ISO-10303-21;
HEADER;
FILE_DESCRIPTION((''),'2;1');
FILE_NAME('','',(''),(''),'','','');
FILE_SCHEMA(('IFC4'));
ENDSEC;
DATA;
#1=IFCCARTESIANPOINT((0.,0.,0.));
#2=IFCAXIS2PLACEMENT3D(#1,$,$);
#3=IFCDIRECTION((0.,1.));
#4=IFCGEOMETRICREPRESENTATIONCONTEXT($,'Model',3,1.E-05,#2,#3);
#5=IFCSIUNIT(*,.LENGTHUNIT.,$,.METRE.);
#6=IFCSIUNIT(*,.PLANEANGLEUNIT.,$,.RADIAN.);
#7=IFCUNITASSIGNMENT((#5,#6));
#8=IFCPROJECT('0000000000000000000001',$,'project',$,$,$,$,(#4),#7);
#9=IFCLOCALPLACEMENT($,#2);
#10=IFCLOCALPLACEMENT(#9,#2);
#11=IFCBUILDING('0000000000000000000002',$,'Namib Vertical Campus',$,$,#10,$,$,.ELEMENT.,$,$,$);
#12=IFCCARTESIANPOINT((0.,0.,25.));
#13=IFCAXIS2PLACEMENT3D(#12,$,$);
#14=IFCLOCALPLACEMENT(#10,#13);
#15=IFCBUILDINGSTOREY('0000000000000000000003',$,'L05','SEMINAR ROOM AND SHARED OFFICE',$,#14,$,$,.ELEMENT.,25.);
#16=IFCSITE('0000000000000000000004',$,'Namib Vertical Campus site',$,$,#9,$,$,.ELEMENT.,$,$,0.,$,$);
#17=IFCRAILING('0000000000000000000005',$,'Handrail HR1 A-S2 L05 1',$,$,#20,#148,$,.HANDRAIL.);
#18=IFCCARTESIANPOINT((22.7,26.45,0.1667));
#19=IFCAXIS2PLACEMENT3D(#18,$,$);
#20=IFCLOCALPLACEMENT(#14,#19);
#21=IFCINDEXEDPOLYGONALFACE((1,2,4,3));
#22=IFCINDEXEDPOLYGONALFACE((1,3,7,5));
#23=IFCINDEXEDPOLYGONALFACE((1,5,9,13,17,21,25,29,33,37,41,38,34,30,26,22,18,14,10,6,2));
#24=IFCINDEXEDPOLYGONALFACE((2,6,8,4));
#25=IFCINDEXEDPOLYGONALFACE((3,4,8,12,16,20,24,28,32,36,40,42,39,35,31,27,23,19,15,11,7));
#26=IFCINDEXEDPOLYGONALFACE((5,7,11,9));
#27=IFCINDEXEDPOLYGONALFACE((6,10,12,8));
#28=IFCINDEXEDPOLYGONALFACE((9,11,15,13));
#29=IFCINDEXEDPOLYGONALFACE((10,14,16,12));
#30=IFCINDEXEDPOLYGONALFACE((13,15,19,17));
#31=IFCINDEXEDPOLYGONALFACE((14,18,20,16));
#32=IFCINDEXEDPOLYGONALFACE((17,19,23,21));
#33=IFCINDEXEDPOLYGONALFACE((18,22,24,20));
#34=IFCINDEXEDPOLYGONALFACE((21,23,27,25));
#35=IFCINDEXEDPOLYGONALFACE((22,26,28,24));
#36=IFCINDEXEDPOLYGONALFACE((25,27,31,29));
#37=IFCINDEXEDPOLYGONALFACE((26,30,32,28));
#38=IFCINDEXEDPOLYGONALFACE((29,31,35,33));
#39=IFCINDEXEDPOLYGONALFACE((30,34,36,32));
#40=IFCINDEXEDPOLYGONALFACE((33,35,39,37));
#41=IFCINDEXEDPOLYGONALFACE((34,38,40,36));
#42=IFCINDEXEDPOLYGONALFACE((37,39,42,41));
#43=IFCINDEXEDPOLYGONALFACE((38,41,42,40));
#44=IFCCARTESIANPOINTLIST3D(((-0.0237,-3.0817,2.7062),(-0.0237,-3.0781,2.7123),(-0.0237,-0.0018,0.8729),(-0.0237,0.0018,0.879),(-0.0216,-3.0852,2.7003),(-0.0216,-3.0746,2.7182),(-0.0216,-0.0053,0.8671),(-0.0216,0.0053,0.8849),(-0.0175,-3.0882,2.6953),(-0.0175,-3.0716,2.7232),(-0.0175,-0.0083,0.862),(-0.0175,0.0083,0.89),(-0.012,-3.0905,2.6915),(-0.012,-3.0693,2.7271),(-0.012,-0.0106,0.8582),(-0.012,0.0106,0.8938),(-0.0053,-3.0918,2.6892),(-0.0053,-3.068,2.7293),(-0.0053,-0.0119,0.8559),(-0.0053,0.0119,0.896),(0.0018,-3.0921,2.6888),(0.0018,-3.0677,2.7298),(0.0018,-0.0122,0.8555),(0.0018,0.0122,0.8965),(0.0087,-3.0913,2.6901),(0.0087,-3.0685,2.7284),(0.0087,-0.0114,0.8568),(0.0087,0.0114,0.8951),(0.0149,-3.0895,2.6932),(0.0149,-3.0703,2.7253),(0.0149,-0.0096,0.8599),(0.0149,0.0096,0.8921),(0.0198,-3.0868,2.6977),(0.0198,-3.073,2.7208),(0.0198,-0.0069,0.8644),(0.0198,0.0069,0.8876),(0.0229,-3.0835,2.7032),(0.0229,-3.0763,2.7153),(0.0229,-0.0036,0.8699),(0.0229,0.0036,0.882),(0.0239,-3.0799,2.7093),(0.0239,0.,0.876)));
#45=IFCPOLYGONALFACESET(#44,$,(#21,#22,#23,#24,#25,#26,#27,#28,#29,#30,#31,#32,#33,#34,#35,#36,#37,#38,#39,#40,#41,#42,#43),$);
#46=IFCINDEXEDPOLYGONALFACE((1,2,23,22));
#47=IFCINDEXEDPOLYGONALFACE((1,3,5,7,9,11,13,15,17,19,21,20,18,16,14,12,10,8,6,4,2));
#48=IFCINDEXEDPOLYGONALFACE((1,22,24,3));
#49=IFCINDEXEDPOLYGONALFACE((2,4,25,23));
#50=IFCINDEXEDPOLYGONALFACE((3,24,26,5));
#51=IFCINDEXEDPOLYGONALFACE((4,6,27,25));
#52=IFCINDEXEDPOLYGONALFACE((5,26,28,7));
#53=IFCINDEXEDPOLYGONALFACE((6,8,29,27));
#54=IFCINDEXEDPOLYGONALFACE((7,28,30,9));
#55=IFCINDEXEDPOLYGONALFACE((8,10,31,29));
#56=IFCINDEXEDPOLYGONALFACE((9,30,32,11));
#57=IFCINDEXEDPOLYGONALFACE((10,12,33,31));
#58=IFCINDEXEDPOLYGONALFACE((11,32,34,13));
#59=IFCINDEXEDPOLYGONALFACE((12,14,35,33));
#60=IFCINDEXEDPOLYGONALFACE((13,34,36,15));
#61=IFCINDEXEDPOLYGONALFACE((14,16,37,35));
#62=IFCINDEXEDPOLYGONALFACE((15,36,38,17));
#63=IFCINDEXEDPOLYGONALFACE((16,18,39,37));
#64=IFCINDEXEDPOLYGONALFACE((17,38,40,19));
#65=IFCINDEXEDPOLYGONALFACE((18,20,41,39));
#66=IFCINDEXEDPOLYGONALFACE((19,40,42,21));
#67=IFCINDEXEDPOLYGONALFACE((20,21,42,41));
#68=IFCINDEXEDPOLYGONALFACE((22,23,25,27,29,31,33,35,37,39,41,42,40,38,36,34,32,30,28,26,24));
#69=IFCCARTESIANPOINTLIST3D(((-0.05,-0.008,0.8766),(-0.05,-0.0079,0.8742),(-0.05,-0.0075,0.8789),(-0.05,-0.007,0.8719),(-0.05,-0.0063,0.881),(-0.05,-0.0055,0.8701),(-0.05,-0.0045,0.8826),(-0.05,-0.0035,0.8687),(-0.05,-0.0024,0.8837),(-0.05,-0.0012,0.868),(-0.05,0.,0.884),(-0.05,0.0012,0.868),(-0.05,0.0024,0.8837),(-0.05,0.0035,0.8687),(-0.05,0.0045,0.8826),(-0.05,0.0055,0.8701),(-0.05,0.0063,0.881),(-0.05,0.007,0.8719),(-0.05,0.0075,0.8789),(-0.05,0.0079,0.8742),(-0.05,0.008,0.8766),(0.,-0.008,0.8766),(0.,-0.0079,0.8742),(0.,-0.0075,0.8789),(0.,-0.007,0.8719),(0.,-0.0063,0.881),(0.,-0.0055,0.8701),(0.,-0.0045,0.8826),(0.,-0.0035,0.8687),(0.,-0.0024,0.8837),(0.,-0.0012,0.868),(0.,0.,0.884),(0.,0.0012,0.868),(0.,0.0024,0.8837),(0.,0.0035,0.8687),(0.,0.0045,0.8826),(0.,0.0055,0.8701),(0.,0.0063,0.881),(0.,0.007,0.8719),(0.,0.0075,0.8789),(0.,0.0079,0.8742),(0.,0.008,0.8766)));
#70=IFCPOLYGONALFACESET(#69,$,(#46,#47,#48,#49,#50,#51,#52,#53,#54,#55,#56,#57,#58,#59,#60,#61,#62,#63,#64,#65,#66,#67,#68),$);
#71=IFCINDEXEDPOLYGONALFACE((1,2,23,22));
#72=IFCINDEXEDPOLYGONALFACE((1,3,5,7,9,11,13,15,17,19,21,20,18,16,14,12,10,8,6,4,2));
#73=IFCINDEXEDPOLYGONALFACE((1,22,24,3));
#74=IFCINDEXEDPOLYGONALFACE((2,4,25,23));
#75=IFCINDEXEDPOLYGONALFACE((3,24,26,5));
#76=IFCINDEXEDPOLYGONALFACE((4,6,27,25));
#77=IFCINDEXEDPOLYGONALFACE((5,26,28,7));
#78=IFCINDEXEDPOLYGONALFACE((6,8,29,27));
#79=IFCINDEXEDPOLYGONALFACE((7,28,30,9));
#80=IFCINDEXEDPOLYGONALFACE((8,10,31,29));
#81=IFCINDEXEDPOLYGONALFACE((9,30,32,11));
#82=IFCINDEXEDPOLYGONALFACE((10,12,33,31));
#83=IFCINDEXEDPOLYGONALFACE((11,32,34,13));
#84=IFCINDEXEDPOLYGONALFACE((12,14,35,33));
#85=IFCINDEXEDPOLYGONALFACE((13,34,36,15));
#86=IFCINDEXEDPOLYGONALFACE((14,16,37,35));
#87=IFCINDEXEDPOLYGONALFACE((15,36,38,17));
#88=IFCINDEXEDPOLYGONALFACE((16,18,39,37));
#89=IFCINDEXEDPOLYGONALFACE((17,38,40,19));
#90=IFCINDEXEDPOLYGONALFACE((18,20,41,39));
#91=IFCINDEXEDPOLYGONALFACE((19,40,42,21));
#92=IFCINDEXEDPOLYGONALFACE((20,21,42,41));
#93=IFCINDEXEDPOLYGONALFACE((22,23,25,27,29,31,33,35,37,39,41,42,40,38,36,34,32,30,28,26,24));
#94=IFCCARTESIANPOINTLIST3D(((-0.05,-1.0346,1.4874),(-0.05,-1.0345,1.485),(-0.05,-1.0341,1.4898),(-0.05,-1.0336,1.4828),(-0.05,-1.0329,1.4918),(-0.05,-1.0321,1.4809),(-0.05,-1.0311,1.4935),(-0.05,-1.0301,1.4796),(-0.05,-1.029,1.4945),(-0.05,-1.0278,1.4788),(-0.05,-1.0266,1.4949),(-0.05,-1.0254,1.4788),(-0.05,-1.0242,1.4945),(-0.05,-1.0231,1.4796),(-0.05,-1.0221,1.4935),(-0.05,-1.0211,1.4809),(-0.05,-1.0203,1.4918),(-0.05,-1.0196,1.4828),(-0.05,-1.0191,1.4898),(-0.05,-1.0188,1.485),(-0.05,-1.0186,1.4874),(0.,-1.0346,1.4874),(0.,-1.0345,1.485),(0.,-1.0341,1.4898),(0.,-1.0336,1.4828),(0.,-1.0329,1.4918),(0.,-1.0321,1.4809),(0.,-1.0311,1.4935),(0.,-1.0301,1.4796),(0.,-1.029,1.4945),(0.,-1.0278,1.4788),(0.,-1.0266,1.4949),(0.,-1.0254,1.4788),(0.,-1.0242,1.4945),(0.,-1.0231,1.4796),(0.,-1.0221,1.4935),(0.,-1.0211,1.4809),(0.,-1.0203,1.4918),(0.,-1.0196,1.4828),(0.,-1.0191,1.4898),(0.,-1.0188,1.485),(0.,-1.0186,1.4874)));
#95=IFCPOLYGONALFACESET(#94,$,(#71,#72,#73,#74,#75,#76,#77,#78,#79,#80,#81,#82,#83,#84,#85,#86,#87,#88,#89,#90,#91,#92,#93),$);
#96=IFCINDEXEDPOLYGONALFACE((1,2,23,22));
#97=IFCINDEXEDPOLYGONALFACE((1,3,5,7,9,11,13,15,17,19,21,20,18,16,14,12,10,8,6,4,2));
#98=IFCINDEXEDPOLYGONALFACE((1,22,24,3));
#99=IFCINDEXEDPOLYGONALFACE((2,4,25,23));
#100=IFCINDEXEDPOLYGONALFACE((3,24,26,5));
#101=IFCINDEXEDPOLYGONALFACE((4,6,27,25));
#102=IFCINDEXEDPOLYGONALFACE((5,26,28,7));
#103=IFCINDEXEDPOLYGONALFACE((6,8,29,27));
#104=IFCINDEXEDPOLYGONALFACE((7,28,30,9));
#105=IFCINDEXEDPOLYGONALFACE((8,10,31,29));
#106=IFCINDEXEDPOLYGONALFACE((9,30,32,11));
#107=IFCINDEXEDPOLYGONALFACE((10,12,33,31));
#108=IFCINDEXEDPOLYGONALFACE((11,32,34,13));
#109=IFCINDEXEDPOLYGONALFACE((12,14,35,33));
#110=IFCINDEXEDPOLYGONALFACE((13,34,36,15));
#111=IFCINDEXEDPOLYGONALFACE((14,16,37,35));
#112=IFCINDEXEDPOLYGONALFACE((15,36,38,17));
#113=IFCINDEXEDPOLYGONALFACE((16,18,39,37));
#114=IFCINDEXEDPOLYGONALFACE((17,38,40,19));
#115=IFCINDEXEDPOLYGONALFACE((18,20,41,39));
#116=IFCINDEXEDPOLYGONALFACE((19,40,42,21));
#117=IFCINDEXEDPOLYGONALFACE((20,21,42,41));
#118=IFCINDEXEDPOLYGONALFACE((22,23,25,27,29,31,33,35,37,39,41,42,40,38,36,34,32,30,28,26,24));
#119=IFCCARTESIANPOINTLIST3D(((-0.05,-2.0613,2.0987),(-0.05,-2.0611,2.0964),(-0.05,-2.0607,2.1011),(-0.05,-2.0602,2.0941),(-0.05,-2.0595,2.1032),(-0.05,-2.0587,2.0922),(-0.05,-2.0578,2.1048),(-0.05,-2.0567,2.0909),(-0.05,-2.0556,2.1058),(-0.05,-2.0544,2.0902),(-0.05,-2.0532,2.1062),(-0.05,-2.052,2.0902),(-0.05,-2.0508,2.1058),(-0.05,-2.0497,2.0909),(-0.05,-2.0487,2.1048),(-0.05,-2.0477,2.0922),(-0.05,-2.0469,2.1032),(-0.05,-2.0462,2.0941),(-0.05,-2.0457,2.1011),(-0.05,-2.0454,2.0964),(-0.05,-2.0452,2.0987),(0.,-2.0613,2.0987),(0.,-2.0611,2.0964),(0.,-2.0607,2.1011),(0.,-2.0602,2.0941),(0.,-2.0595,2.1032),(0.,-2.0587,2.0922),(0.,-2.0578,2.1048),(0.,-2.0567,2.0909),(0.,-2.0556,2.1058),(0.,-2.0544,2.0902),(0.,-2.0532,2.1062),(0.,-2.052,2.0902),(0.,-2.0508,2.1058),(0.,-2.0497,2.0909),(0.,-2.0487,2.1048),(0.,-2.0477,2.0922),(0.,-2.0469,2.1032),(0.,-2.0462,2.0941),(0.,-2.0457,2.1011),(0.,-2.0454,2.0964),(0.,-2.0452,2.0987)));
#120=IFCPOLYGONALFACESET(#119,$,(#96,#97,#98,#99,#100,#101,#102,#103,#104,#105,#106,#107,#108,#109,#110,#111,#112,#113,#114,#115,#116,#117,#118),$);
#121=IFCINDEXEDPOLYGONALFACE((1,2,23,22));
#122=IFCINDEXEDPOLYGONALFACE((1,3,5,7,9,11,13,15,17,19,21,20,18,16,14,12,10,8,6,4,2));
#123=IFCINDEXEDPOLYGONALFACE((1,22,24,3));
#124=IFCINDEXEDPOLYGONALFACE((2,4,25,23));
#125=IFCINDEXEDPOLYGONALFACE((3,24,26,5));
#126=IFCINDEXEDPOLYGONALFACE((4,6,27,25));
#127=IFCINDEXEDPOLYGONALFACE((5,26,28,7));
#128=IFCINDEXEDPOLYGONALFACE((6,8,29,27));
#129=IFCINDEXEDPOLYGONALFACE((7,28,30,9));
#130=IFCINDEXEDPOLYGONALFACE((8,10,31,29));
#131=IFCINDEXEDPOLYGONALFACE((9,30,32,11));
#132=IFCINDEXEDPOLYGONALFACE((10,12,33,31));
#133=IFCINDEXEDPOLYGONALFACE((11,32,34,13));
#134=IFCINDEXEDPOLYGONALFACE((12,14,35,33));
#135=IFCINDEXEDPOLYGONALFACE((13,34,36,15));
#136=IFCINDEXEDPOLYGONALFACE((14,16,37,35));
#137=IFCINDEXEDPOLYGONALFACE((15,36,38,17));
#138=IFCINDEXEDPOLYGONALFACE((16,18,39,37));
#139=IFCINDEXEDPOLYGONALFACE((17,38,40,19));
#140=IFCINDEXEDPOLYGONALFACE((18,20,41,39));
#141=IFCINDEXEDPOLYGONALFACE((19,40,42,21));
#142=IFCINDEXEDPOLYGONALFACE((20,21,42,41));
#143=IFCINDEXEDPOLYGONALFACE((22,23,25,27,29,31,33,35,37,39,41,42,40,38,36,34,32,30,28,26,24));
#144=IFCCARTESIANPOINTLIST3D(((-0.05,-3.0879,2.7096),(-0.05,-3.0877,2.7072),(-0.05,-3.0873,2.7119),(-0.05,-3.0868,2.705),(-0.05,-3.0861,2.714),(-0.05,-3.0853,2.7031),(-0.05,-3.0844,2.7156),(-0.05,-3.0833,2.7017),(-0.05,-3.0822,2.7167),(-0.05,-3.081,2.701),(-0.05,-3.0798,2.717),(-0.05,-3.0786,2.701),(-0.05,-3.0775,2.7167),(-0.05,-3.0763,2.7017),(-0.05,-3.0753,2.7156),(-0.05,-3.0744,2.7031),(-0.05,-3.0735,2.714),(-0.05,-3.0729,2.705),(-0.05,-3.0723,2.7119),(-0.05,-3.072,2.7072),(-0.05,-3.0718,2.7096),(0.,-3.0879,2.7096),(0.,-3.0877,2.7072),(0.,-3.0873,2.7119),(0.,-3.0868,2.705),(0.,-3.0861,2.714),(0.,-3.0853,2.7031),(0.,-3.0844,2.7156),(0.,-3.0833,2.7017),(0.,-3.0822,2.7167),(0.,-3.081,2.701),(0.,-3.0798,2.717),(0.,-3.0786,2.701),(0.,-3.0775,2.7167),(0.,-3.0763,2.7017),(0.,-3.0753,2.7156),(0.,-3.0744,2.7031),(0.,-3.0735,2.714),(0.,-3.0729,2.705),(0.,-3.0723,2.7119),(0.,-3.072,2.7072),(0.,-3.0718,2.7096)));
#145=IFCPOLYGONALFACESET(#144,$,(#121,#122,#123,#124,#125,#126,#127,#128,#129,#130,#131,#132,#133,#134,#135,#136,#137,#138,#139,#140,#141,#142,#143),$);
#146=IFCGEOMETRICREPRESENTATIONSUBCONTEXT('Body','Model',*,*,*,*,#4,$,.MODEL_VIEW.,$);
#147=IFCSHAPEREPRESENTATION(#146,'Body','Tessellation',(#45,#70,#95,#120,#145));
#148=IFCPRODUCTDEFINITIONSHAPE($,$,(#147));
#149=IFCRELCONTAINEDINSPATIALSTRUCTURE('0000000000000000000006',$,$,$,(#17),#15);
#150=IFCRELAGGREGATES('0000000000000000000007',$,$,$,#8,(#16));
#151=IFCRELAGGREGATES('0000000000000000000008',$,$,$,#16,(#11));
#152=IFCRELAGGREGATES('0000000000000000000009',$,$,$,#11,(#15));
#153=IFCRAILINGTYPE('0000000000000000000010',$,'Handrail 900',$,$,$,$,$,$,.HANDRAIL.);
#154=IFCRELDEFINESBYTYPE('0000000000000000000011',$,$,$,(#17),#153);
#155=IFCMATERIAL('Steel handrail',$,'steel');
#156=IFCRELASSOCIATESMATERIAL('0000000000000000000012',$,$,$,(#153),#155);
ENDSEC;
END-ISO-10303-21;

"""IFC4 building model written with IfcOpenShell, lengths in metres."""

from ifc_helpers import new_model, si_unit, direction, frame, origin, origin_2d, place, context, subcontext, project, spatial, circle, extrude, material, type_object, element, save


model = new_model("IFC4")

# Units and contexts
model_context = context("Model", 3, precision=1e-05, world=origin(), true_north=direction((0.0, 1.0)))
body_context = subcontext(model_context, "Body", "Model", "MODEL_VIEW")
ifc_project = project(units=[si_unit("LENGTHUNIT", "METRE"), si_unit("PLANEANGLEUNIT", "RADIAN")], contexts=[model_context])

# Site, building, storey
site_placement = place(None, origin())
site = spatial("IfcSite", under=ifc_project, at=site_placement, Name="Namib Vertical Campus site", CompositionType="ELEMENT", RefElevation=0.0)
building_placement = place(site_placement, origin())
building = spatial("IfcBuilding", under=site, at=building_placement, Name="Namib Vertical Campus", CompositionType="ELEMENT")
storey_placement = place(building_placement, frame((0.0, 0.0, 25.0)))
storey = spatial("IfcBuildingStorey", under=building, at=storey_placement, Name="L05", Description="SEMINAR ROOM AND SHARED OFFICE", CompositionType="ELEMENT", Elevation=25.0)

# Railing
ifc_material_1 = material(Name="Steel handrail", Category="steel")
railing_type_1 = type_object("IfcRailingType", Name="Handrail 900", PredefinedType="HANDRAIL", material=ifc_material_1)
railing_1_placement = place(storey_placement, frame((22.7, 26.45, 0.1667)))
element("IfcRailing", 1, at=railing_1_placement, inside=storey, type_object=railing_type_1, Name="Handrail HR1 A-S2 L05 1", PredefinedType="HANDRAIL", context=body_context, shape_type="SweptSolid", body=[
    extrude(circle(Radius=0.0239, at=origin_2d()), frame((0.0, 0.0, 0.876), z_axis=(0.0, -0.859291, 0.511487), x_axis=(1.0, 0.0, 0.0)), (0.0, 0.0, 1.0), 3.5842),
    extrude(circle(Radius=0.0081, at=origin_2d()), frame((0.0, 0.0, 0.876), z_axis=(-1.0, 0.0, 0.0), x_axis=(0.0, 0.0, 1.0)), (0.0, 0.0, 1.0), 0.05),
    extrude(circle(Radius=0.0081, at=origin_2d()), frame((0.0, -1.0266, 1.4868), z_axis=(-1.0, 0.0, 0.0), x_axis=(0.0, 0.0, 1.0)), (0.0, 0.0, 1.0), 0.05),
    extrude(circle(Radius=0.0081, at=origin_2d()), frame((0.0, -2.0532, 2.0981), z_axis=(-1.0, 0.0, 0.0), x_axis=(0.0, 0.0, 1.0)), (0.0, 0.0, 1.0), 0.05),
    extrude(circle(Radius=0.0081, at=origin_2d()), frame((0.0, -3.0798, 2.709), z_axis=(-1.0, 0.0, 0.0), x_axis=(0.0, 0.0, 1.0)), (0.0, 0.0, 1.0), 0.05),
])

save(model, "model.ifc")
